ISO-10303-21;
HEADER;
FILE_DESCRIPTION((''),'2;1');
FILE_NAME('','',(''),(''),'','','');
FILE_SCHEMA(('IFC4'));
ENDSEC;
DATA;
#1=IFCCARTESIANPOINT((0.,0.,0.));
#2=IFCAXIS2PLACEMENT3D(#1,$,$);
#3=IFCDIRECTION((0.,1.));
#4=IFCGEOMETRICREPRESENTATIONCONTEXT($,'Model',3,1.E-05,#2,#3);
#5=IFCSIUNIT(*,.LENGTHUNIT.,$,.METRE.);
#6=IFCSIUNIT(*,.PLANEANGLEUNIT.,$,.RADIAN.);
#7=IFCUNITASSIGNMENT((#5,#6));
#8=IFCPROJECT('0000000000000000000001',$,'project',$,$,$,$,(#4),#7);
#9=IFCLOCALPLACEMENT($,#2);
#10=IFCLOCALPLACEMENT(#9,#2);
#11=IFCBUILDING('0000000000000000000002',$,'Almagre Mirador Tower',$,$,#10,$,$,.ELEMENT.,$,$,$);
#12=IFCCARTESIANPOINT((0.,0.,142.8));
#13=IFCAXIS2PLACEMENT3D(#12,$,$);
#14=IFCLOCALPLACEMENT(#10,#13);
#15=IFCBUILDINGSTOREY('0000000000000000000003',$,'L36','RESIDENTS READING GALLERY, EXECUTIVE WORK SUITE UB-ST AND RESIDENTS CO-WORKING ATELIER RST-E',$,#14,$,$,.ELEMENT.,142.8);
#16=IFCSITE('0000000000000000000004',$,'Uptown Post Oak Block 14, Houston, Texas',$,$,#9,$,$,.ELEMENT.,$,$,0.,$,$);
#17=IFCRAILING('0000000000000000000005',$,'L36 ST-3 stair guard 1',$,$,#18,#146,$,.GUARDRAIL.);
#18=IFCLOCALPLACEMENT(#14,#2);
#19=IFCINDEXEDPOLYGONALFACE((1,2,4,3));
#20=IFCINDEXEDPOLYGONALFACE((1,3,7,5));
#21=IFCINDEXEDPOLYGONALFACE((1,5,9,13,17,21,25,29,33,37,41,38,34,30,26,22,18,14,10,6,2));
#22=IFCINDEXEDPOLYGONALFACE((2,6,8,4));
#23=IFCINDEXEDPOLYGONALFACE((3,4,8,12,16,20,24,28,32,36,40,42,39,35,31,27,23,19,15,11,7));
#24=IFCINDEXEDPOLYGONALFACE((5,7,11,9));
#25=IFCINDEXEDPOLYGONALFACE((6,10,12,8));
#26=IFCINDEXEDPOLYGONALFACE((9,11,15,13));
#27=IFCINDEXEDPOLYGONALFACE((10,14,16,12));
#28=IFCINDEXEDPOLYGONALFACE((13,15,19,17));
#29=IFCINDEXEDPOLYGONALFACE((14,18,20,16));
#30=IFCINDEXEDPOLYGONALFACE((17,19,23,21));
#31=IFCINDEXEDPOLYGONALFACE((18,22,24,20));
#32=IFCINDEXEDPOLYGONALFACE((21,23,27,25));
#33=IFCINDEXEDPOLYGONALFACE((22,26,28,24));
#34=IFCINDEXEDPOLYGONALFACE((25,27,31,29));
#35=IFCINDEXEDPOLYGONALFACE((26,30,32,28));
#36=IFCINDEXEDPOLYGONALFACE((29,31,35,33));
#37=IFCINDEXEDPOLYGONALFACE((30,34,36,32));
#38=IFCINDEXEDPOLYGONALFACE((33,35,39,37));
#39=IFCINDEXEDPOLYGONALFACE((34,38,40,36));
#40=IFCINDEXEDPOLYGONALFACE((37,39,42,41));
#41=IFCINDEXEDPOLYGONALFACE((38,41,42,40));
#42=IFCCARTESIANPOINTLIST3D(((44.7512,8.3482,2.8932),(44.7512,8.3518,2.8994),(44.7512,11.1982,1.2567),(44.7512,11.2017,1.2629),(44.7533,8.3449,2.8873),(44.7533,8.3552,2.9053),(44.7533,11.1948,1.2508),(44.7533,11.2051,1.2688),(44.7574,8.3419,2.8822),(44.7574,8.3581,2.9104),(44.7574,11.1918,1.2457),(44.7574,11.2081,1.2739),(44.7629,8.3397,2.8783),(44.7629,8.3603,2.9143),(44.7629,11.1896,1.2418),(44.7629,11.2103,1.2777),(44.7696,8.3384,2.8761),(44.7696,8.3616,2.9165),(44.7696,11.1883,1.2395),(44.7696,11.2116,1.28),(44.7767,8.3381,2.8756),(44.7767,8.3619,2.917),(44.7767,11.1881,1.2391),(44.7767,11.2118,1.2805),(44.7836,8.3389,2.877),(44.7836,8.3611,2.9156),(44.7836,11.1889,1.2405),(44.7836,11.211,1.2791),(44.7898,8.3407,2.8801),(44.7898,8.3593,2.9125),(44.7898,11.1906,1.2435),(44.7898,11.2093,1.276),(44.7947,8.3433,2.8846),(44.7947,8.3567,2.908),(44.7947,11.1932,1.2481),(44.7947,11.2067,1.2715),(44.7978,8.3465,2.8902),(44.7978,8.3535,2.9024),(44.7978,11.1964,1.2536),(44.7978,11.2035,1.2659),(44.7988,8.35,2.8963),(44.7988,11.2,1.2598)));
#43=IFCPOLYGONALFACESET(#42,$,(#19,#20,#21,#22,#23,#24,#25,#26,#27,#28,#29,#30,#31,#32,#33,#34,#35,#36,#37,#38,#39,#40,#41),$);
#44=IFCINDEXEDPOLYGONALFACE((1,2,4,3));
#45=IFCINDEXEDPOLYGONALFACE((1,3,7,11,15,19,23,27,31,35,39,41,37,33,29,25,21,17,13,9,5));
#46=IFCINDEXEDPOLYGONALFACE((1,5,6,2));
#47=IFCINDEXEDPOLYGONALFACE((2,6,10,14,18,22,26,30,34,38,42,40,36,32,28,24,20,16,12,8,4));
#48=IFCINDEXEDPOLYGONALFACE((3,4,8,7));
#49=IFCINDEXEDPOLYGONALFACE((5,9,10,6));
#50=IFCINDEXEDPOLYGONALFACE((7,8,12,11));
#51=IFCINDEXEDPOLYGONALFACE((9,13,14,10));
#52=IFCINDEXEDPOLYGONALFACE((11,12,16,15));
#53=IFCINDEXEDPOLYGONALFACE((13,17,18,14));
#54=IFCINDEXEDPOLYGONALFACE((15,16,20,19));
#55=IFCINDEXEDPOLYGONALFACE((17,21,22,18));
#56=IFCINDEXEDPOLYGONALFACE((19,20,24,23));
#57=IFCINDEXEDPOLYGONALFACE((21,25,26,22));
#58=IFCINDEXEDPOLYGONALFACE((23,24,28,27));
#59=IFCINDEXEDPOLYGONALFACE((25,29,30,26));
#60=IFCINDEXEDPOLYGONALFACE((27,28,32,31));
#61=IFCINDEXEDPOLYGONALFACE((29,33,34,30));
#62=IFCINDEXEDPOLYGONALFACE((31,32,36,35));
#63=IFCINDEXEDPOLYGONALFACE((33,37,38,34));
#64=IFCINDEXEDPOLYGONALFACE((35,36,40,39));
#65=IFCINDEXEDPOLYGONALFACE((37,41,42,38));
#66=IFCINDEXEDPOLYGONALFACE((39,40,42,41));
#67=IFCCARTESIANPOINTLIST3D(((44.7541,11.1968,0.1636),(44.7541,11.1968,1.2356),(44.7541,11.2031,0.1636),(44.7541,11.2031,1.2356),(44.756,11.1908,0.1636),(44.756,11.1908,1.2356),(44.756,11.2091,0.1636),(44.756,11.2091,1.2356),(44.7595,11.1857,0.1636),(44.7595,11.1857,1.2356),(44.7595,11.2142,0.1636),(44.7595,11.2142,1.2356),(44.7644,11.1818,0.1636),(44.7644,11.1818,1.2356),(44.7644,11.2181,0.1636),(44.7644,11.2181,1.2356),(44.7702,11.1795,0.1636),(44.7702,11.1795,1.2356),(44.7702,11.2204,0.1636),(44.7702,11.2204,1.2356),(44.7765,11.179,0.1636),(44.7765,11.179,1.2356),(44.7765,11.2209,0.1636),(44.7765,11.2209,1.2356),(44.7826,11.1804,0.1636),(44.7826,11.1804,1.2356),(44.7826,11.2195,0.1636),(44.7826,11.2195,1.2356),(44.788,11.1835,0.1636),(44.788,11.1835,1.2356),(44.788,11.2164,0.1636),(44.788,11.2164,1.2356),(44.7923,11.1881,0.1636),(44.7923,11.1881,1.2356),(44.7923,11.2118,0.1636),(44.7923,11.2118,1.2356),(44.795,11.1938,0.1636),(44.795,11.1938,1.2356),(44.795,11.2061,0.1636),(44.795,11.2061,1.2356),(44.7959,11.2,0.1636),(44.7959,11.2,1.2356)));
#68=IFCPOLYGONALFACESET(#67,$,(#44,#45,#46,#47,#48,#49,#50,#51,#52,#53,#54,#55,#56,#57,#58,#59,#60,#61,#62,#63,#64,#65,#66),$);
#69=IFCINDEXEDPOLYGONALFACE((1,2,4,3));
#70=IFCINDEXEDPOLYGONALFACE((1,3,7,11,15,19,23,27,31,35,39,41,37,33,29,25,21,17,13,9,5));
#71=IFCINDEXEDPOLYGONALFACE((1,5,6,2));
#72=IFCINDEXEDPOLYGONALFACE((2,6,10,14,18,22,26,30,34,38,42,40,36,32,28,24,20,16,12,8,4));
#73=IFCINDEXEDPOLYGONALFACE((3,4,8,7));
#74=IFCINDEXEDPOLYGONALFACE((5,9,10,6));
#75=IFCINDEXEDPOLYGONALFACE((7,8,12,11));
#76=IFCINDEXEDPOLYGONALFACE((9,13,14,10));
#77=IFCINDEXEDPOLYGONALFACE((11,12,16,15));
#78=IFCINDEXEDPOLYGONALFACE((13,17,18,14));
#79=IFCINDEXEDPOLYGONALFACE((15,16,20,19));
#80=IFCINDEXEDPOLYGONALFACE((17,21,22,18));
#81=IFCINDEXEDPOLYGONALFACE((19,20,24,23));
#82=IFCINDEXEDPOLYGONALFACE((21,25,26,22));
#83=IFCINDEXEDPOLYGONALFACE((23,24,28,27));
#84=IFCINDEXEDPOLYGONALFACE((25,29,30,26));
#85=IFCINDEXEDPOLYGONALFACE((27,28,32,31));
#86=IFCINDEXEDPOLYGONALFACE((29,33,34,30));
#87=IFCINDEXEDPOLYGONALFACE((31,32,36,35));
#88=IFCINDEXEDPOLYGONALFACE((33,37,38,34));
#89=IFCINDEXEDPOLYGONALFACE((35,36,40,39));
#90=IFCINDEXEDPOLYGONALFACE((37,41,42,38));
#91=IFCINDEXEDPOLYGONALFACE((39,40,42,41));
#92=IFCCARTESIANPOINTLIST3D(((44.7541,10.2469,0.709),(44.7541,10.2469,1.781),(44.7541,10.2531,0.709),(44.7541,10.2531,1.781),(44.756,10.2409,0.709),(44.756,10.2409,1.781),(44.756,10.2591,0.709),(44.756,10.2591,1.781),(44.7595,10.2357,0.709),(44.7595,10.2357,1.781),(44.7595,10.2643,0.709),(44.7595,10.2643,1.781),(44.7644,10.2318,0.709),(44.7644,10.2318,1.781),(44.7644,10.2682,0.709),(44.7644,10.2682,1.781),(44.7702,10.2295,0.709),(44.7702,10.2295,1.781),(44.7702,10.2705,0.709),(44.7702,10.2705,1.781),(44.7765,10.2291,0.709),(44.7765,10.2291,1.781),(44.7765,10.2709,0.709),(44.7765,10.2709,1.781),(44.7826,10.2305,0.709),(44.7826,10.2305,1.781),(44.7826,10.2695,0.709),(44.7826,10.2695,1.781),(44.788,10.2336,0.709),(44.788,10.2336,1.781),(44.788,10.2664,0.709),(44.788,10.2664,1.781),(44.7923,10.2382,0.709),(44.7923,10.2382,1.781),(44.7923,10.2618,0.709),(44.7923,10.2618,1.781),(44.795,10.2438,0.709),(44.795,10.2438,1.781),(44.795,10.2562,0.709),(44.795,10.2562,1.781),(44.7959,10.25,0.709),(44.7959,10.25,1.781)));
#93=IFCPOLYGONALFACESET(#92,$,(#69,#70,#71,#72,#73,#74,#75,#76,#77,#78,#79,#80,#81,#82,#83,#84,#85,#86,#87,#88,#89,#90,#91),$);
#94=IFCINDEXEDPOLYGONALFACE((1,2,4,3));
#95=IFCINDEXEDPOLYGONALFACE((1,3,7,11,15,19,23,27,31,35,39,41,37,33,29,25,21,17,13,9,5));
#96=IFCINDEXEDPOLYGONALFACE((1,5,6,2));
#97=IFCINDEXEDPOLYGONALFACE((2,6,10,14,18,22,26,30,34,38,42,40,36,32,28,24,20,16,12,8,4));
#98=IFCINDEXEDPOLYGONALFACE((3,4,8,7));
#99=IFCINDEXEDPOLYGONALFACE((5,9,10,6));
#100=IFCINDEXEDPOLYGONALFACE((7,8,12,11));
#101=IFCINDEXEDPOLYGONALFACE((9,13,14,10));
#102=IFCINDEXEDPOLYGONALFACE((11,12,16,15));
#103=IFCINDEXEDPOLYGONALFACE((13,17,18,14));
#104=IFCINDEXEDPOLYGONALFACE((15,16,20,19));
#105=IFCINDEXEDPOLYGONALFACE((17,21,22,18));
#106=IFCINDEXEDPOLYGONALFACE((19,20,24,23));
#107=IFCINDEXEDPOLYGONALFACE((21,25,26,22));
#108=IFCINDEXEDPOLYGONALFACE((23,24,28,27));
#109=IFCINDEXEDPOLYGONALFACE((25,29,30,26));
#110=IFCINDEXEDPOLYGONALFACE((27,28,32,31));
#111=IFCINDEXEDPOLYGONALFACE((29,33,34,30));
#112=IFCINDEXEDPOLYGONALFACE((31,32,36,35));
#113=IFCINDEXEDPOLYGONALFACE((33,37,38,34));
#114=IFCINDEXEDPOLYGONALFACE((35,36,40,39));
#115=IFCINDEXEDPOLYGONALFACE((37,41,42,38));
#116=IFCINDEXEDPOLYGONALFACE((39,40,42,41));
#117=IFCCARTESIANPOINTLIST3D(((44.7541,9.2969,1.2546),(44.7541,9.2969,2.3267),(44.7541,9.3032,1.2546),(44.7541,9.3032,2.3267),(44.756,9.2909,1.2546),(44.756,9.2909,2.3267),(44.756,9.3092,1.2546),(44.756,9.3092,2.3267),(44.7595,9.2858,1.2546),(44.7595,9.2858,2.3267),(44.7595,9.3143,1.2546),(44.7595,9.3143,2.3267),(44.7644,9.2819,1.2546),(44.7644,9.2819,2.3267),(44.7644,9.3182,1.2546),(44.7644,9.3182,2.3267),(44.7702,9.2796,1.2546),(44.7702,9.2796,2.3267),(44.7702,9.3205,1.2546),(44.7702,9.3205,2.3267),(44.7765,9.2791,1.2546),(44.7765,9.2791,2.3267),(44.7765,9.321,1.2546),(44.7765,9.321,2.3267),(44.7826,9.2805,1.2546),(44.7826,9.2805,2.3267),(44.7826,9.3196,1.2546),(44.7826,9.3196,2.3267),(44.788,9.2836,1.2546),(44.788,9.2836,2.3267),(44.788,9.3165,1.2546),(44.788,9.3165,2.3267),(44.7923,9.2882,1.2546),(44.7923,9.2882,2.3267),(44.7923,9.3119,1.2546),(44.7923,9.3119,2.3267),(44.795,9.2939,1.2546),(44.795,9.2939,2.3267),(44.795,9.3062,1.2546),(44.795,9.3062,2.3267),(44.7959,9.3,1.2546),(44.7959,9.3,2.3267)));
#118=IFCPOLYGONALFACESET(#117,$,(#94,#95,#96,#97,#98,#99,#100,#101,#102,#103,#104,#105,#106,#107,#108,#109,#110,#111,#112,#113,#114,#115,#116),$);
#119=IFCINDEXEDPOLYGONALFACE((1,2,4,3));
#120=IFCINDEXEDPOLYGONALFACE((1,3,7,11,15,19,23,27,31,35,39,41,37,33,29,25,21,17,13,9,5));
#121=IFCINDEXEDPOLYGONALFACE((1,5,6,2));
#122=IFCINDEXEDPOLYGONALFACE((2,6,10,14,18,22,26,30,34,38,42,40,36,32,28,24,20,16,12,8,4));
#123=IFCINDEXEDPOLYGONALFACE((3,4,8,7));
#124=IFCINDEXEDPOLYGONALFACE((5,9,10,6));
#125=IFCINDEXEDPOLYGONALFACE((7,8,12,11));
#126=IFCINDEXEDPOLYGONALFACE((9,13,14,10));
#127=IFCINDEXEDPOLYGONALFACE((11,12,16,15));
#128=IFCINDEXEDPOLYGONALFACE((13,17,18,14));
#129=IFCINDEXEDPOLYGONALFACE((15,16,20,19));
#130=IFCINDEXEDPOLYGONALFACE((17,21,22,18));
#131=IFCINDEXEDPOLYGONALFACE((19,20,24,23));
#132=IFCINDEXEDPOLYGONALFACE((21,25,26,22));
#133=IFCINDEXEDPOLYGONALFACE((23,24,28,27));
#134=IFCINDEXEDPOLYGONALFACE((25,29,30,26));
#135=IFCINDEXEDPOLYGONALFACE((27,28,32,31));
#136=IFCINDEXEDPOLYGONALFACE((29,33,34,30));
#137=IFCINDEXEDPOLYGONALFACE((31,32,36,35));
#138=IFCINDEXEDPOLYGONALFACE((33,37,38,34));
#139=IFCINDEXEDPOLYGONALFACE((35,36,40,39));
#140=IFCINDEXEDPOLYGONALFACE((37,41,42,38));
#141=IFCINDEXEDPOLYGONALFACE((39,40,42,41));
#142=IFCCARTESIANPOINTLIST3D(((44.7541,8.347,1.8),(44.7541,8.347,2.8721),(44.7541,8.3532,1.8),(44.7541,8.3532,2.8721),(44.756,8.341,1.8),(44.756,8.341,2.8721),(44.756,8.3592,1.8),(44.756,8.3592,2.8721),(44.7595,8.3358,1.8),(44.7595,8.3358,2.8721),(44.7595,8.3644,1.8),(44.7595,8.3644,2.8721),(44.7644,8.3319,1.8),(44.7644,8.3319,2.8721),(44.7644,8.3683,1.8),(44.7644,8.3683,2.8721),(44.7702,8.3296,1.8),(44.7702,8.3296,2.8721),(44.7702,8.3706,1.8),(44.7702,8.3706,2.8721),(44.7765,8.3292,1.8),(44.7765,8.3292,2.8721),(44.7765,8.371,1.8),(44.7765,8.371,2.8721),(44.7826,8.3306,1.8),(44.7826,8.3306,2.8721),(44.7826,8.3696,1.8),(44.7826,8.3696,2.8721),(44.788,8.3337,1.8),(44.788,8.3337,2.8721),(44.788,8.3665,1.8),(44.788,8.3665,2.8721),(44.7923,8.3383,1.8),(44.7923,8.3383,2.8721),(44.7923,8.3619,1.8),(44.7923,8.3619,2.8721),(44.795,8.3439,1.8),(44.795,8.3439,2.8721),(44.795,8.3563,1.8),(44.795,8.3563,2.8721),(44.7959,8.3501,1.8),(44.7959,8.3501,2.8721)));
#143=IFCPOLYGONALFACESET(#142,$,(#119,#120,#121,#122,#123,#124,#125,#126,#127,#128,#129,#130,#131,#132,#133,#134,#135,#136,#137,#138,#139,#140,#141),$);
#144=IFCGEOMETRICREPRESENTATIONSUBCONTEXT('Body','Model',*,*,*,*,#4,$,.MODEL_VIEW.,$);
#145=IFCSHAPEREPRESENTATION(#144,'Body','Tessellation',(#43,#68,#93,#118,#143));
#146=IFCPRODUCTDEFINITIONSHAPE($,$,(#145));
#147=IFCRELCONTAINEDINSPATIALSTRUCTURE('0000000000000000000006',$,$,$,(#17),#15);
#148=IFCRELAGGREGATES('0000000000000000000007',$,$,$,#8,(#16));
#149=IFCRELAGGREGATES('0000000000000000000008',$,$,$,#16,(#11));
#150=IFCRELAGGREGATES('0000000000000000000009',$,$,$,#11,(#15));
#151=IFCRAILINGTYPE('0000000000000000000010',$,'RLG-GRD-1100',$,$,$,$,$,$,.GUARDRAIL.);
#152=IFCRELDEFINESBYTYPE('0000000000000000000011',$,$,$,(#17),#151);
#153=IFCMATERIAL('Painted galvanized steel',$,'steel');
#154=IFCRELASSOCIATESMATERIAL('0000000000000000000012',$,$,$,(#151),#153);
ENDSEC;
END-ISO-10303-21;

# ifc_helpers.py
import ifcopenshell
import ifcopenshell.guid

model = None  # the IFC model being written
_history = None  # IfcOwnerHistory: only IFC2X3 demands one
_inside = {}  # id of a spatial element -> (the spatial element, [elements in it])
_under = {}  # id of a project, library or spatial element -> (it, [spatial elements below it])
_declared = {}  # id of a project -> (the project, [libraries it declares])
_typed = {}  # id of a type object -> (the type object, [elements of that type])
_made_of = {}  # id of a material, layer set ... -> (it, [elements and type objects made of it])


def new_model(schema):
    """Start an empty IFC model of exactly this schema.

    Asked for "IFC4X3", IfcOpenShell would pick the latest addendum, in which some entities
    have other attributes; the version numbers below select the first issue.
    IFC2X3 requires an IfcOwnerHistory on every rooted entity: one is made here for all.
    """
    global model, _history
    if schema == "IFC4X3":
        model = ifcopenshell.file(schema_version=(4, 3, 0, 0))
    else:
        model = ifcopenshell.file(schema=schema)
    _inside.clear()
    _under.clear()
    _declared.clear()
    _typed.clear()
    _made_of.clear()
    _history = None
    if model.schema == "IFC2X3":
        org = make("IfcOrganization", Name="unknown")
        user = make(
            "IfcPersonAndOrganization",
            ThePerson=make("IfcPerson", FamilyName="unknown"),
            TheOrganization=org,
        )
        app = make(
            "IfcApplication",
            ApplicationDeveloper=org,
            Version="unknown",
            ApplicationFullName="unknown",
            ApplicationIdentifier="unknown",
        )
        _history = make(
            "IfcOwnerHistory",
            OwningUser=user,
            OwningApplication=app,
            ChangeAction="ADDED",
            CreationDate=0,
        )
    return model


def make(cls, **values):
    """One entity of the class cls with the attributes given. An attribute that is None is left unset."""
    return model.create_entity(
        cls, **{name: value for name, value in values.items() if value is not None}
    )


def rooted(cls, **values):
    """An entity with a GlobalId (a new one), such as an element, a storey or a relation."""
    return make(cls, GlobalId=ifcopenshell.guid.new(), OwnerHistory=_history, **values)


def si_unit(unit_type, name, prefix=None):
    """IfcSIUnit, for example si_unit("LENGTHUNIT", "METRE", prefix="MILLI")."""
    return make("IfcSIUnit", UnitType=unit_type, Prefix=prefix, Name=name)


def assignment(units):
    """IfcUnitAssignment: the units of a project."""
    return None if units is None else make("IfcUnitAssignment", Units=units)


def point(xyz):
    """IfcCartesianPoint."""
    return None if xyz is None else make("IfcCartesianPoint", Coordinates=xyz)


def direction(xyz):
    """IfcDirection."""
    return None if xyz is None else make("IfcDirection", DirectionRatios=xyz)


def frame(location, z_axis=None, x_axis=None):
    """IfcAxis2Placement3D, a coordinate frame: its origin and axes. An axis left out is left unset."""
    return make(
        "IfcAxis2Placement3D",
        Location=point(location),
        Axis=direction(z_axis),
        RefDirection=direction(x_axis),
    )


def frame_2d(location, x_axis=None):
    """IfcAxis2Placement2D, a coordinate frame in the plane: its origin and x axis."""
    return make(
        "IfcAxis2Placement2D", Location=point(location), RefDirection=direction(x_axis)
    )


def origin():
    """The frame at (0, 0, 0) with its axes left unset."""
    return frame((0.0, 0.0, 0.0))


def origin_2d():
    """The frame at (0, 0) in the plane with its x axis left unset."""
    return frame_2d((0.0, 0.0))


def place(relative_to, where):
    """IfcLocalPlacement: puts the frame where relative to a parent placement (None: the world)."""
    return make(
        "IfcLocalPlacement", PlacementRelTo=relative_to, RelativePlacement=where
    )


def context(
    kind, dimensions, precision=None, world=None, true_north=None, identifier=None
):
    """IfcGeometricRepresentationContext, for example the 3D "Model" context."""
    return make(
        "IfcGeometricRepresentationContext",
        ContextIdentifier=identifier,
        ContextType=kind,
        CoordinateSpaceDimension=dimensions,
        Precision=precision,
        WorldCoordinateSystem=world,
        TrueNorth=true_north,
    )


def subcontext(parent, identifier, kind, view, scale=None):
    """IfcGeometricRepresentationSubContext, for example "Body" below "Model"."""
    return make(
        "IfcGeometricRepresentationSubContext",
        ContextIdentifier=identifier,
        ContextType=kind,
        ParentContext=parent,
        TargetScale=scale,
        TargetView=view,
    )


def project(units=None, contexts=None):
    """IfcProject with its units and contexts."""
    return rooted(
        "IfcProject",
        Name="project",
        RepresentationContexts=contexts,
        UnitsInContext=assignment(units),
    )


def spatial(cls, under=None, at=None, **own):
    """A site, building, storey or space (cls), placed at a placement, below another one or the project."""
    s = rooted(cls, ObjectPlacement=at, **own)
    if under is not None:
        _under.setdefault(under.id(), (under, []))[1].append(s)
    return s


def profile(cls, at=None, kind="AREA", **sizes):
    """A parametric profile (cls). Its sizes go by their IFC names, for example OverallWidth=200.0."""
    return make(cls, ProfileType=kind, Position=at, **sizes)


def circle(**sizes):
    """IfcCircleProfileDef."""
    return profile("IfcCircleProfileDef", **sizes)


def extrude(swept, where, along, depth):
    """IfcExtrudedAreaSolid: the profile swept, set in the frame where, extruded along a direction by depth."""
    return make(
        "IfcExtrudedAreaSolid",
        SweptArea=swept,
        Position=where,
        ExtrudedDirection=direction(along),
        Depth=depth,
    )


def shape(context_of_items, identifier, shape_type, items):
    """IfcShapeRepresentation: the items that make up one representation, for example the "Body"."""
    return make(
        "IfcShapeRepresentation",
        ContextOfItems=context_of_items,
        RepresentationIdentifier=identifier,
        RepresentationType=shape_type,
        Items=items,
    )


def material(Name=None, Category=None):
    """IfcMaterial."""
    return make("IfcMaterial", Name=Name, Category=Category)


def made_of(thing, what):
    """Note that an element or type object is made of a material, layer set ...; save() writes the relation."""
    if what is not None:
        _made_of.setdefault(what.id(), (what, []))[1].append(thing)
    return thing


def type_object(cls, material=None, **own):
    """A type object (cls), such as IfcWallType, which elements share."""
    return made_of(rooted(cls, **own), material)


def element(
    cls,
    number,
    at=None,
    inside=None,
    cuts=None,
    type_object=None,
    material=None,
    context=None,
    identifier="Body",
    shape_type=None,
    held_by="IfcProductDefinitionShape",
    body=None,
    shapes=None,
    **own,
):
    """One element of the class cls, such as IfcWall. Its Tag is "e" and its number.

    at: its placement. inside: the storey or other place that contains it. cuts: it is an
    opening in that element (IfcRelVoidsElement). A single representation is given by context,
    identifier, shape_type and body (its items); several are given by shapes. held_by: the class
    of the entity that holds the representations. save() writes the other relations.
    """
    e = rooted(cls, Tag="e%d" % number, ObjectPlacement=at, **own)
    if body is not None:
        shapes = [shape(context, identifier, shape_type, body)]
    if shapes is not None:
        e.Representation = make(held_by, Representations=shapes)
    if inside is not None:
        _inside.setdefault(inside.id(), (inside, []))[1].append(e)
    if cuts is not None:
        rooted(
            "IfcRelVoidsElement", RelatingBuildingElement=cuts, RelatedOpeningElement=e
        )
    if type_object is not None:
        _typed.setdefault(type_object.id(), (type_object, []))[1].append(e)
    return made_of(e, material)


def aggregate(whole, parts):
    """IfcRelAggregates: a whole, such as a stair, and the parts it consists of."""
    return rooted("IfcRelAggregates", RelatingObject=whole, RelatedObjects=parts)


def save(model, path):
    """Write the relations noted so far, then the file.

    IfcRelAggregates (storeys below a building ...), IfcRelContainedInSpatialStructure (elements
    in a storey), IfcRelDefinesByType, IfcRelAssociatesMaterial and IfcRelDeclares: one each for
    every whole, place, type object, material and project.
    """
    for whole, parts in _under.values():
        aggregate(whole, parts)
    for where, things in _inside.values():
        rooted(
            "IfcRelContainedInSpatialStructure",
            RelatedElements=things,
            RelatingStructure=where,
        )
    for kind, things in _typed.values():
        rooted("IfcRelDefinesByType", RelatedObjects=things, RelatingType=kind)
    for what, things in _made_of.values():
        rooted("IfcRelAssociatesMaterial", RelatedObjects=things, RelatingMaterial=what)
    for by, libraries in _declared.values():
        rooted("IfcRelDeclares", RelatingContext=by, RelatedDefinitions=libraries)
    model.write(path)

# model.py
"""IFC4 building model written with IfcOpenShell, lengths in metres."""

from ifc_helpers import new_model, si_unit, direction, frame, origin, origin_2d, place, context, subcontext, project, spatial, circle, extrude, material, type_object, element, save


model = new_model("IFC4")

# Units and contexts
model_context = context("Model", 3, precision=1e-05, world=origin(), true_north=direction((0.0, 1.0)))
body_context = subcontext(model_context, "Body", "Model", "MODEL_VIEW")
ifc_project = project(units=[si_unit("LENGTHUNIT", "METRE"), si_unit("PLANEANGLEUNIT", "RADIAN")], contexts=[model_context])

# Site, building, storey
site_placement = place(None, origin())
site = spatial("IfcSite", under=ifc_project, at=site_placement, Name="Uptown Post Oak Block 14, Houston, Texas", CompositionType="ELEMENT", RefElevation=0.0)
building_placement = place(site_placement, origin())
building = spatial("IfcBuilding", under=site, at=building_placement, Name="Almagre Mirador Tower", CompositionType="ELEMENT")
storey_placement = place(building_placement, frame((0.0, 0.0, 142.8)))
storey = spatial("IfcBuildingStorey", under=building, at=storey_placement, Name="L36", Description="RESIDENTS READING GALLERY, EXECUTIVE WORK SUITE UB-ST AND RESIDENTS CO-WORKING ATELIER RST-E", CompositionType="ELEMENT", Elevation=142.8)

# Railing
ifc_material_1 = material(Name="Painted galvanized steel", Category="steel")
railing_type_1 = type_object("IfcRailingType", Name="RLG-GRD-1100", PredefinedType="GUARDRAIL", material=ifc_material_1)
railing_1_placement = place(storey_placement, frame((44.7749, 11.2, 0.1636)))
element("IfcRailing", 1, at=railing_1_placement, inside=storey, type_object=railing_type_1, Name="L36 ST-3 stair guard 1", PredefinedType="GUARDRAIL", context=body_context, shape_type="SweptSolid", body=[
    extrude(circle(Radius=0.0239, at=origin_2d()), frame((0.0, 0.0, 1.0962), z_axis=(0.0, -0.867194, 0.49797), x_axis=(1.0, 0.0, 0.0)), (0.0, 0.0, 1.0), 3.2864),
    extrude(circle(Radius=0.021, at=origin_2d()), origin(), (0.0, 0.0, 1.0), 1.072),
    extrude(circle(Radius=0.021, at=origin_2d()), frame((0.0, -0.95, 0.5454)), (0.0, 0.0, 1.0), 1.072),
    extrude(circle(Radius=0.021, at=origin_2d()), frame((0.0, -1.8999, 1.0911)), (0.0, 0.0, 1.0), 1.072),
    extrude(circle(Radius=0.021, at=origin_2d()), frame((0.0, -2.8499, 1.6365)), (0.0, 0.0, 1.0), 1.072),
])

save(model, "model.ifc")
